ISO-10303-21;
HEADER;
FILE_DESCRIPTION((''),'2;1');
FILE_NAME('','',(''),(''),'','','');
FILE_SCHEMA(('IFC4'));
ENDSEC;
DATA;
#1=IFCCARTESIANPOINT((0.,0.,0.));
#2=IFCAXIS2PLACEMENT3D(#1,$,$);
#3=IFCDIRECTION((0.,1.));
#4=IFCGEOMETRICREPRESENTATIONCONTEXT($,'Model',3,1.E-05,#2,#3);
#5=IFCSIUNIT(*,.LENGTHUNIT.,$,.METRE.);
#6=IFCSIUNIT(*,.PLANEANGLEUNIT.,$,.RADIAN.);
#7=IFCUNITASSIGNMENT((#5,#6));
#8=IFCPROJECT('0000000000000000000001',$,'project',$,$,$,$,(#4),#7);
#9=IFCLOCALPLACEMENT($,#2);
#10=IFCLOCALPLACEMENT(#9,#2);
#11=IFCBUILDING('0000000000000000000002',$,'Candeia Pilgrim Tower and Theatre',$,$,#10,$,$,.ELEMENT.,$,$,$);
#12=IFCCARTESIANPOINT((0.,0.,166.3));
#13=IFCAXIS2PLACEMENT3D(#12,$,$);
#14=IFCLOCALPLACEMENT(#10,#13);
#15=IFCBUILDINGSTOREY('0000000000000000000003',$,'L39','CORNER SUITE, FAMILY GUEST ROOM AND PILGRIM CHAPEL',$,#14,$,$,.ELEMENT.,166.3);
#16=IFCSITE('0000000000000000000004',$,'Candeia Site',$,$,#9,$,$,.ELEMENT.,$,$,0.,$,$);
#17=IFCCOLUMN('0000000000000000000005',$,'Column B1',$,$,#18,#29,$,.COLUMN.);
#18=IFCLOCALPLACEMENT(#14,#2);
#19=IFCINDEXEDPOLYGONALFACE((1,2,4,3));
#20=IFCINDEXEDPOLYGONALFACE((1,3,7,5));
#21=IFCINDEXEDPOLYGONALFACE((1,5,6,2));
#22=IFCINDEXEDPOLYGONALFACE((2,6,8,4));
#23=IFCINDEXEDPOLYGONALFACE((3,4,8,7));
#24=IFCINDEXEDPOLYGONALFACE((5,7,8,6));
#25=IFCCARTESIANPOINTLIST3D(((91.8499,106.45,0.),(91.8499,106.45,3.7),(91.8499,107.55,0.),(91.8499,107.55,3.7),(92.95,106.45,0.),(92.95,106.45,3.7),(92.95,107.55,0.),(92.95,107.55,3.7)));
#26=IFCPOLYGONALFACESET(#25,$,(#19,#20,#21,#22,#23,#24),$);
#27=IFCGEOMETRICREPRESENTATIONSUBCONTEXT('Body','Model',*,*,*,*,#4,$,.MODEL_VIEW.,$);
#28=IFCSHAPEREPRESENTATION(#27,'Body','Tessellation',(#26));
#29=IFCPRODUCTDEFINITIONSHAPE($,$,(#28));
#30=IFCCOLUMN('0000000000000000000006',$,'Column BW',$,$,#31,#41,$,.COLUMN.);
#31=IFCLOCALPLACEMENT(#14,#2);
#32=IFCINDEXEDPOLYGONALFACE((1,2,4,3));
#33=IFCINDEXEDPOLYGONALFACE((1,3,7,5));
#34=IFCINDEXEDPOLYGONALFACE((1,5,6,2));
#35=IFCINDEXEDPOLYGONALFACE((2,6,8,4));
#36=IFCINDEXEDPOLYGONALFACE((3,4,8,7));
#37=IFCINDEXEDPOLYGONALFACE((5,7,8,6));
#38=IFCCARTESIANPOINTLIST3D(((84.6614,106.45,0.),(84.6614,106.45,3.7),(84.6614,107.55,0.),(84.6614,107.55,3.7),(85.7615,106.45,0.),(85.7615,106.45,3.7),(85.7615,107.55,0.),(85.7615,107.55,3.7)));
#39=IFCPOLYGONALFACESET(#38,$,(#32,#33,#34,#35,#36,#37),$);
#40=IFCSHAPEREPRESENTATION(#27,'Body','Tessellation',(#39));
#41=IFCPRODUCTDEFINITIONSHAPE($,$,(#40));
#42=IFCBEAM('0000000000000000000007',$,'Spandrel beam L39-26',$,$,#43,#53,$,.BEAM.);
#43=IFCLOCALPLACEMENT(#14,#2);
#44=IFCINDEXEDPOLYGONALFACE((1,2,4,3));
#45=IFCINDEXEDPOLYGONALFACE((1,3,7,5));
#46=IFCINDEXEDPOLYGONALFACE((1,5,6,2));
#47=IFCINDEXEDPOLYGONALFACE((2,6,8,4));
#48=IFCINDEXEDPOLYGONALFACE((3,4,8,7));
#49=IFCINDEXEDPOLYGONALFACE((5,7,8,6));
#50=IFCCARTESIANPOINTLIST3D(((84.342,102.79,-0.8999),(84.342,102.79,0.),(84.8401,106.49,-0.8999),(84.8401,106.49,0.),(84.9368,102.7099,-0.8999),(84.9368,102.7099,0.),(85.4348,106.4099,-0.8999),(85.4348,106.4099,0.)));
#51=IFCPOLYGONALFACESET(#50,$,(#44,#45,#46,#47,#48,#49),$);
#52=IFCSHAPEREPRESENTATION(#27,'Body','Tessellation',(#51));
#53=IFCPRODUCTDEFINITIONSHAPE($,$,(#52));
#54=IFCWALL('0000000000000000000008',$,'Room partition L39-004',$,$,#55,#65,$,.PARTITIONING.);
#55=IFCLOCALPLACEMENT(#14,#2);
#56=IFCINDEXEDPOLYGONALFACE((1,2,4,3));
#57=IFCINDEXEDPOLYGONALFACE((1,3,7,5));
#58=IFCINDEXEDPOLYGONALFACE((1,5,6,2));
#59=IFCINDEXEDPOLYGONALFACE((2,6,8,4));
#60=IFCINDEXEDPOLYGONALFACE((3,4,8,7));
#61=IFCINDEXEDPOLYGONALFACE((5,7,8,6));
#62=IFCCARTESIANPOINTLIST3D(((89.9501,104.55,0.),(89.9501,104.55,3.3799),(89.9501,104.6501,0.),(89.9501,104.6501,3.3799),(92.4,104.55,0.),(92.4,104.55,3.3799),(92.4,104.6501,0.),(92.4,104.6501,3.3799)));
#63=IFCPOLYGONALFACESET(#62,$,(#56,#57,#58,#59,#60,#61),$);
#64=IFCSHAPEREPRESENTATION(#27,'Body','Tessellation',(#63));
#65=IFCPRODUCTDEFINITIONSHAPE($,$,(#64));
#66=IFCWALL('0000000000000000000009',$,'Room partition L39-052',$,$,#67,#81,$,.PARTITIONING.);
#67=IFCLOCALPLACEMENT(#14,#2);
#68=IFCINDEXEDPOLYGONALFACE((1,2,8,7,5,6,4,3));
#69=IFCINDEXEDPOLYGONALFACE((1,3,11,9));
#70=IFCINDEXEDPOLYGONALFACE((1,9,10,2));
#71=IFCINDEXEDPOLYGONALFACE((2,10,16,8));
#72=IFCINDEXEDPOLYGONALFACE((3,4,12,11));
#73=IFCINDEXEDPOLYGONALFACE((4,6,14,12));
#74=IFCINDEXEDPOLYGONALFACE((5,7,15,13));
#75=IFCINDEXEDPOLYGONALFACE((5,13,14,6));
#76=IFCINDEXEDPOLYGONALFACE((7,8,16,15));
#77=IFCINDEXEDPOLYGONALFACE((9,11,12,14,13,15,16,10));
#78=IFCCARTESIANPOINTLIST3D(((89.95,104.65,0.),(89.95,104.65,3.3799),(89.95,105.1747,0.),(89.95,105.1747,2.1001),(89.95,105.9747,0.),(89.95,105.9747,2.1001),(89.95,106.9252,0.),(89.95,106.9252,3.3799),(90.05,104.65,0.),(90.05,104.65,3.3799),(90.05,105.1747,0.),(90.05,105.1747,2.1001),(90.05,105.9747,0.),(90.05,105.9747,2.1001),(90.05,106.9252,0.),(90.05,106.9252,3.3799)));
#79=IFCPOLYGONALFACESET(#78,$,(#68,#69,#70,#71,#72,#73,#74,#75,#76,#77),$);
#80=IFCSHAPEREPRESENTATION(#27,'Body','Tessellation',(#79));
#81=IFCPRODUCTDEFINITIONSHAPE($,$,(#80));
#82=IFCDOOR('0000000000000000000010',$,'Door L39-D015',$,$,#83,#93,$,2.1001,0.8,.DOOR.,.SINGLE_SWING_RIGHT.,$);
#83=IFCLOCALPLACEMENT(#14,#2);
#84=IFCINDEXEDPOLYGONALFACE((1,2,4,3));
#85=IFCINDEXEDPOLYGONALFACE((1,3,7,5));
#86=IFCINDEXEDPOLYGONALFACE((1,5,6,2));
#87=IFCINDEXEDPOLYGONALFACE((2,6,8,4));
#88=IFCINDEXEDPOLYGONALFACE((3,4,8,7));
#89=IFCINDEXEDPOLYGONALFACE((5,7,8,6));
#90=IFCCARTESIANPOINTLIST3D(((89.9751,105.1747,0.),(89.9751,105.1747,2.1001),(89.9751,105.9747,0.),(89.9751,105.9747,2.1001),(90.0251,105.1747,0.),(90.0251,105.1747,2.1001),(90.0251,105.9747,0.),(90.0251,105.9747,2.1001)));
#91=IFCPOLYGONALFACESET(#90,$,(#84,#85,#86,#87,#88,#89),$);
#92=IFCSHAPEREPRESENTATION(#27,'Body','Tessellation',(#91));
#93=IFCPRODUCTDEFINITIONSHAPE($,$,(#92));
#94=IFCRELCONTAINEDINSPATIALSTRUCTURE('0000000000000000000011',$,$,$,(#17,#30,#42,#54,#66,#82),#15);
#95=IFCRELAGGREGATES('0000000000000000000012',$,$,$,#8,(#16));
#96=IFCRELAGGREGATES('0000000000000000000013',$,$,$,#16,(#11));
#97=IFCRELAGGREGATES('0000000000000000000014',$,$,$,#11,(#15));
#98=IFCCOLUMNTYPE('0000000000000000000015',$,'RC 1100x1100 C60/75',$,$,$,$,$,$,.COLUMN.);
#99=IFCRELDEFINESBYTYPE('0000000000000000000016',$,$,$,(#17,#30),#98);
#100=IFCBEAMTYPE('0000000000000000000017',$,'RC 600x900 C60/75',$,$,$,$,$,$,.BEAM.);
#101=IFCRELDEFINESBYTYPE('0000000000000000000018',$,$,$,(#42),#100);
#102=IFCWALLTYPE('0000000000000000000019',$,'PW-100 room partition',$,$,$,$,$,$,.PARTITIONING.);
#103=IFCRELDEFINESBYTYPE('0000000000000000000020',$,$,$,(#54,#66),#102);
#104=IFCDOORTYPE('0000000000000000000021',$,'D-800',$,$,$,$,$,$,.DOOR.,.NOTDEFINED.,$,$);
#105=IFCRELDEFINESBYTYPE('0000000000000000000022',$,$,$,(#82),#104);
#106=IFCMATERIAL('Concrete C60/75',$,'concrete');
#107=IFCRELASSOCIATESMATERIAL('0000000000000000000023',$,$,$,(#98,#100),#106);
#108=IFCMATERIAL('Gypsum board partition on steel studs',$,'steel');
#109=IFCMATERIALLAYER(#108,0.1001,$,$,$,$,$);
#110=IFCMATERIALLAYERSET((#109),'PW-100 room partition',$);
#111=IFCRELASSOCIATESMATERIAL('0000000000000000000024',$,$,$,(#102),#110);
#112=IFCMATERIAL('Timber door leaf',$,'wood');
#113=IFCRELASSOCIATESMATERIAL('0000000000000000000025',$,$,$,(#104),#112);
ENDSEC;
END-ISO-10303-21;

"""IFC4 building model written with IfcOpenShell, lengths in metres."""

from ifc_helpers import new_model, si_unit, direction, frame, frame_2d, origin, origin_2d, place, context, subcontext, project, spatial, rectangle, extrude, material, layer, layer_set, material_profile, profile_set, type_object, element, fill, save


model = new_model("IFC4")

# Units and contexts
model_context = context("Model", 3, precision=1e-05, world=origin(), true_north=direction((0.0, 1.0)))
body_context = subcontext(model_context, "Body", "Model", "MODEL_VIEW")
ifc_project = project(units=[si_unit("LENGTHUNIT", "METRE"), si_unit("PLANEANGLEUNIT", "RADIAN")], contexts=[model_context])

# Site, building, storey
site_placement = place(None, origin())
site = spatial("IfcSite", under=ifc_project, at=site_placement, Name="Candeia Site", CompositionType="ELEMENT", RefElevation=0.0)
building_placement = place(site_placement, origin())
building = spatial("IfcBuilding", under=site, at=building_placement, Name="Candeia Pilgrim Tower and Theatre", CompositionType="ELEMENT")
storey_placement = place(building_placement, frame((0.0, 0.0, 166.3)))
storey = spatial("IfcBuildingStorey", under=building, at=storey_placement, Name="L39", Description="CORNER SUITE, FAMILY GUEST ROOM AND PILGRIM CHAPEL", CompositionType="ELEMENT", Elevation=166.3)

# Columns
ifc_material_1 = material(Name="Concrete C60/75", Category="concrete")
ifc_material_profile_1 = material_profile(ifc_material_1, rectangle(XDim=1.1001, YDim=1.1001, at=origin_2d()))
ifc_profile_set_1 = profile_set([ifc_material_profile_1], Name="Concrete C60/75")
column_type = type_object("IfcColumnType", Name="RC 1100x1100 C60/75", PredefinedType="COLUMN", material=ifc_profile_set_1)
for number, where, z_axis, x_axis, name in (
    (1, (92.3999, 107.0, 0.0), (0.0, 0.0, 1.0), (1.0, 0.0, 0.0), "Column B1"),
    (2, (85.2114, 107.0, 0.0), (0.0, 0.0, 1.0), (1.0, 0.0, 0.0), "Column BW"),
):
    element("IfcColumn", number, at=place(storey_placement, frame(where, z_axis=z_axis, x_axis=x_axis)), inside=storey, type_object=column_type, Name=name, PredefinedType="COLUMN", context=body_context, shape_type="SweptSolid", body=[
        extrude(rectangle(XDim=1.1001, YDim=1.1001, at=origin_2d()), origin(), (0.0, 0.0, 1.0), 3.7),
    ])

# Beam
ifc_material_profile_2 = material_profile(ifc_material_1, rectangle(XDim=0.6001, YDim=0.8999, at=origin_2d()))
ifc_profile_set_2 = profile_set([ifc_material_profile_2], Name="Concrete C60/75")
beam_type = type_object("IfcBeamType", Name="RC 600x900 C60/75", PredefinedType="BEAM", material=ifc_profile_set_2)
beam_placement = place(storey_placement, frame((85.1375, 106.45, -0.45), z_axis=(-0.133406, -0.991061, 0.0), x_axis=(0.991061, -0.133406, 0.0)))
element("IfcBeam", 3, at=beam_placement, inside=storey, type_object=beam_type, Name="Spandrel beam L39-26", PredefinedType="BEAM", context=body_context, shape_type="SweptSolid", body=[
    extrude(rectangle(XDim=0.6001, YDim=0.8999, at=origin_2d()), origin(), (0.0, 0.0, 1.0), 3.7334),
])

# Wall
ifc_material_2 = material(Name="Gypsum board partition on steel studs", Category="steel")
ifc_layer_1 = layer(ifc_material_2, 0.1001)
ifc_layer_set_1 = layer_set([ifc_layer_1], Name="PW-100 room partition")
wall_type_1 = type_object("IfcWallType", Name="PW-100 room partition", PredefinedType="PARTITIONING", material=ifc_layer_set_1)
wall_1_placement = place(storey_placement, frame((89.95, 104.6001, 0.0), z_axis=(0.0, 0.0, 1.0), x_axis=(1.0, 0.0, 0.0)))
element("IfcWall", 4, at=wall_1_placement, inside=storey, type_object=wall_type_1, Name="Room partition L39-004", PredefinedType="PARTITIONING", context=body_context, shape_type="SweptSolid", body=[
    extrude(rectangle(XDim=2.45, YDim=0.1001, at=frame_2d((1.2251, 0.0))), origin(), (0.0, 0.0, 1.0), 3.3799),
])

# Wall, opening, door
wall_2_placement = place(storey_placement, frame((90.0, 104.6499, 0.0), z_axis=(0.0, 0.0, 1.0), x_axis=(0.0, 1.0, 0.0)))
wall_2 = element("IfcWall", 5, at=wall_2_placement, inside=storey, type_object=wall_type_1, Name="Room partition L39-052", PredefinedType="PARTITIONING", context=body_context, shape_type="SweptSolid", body=[
    extrude(rectangle(XDim=2.2751, YDim=0.1001, at=frame_2d((1.1377, 0.0))), origin(), (0.0, 0.0, 1.0), 3.3799),
])
opening_1_placement = place(wall_2_placement, frame((0.5249, 0.0, 0.0)))
opening_1 = element("IfcOpeningElement", 6, at=opening_1_placement, cuts=wall_2, PredefinedType="OPENING", context=body_context, shape_type="SweptSolid", body=[
    extrude(rectangle(XDim=0.8, YDim=2.1001, at=frame_2d((0.3999, 1.05))), frame((0.0, 0.0601, 0.0), z_axis=(0.0, -1.0, 0.0), x_axis=(1.0, 0.0, 0.0)), (0.0, 0.0, 1.0), 0.1201),
])
ifc_material_3 = material(Name="Timber door leaf", Category="wood")
door_type_1 = type_object("IfcDoorType", Name="D-800", OperationType="NOTDEFINED", PredefinedType="DOOR", material=ifc_material_3)
door_1_placement = place(opening_1_placement, origin())
door_1 = element("IfcDoor", 7, at=door_1_placement, inside=storey, type_object=door_type_1, Name="Door L39-D015", OperationType="SINGLE_SWING_RIGHT", OverallHeight=2.1001, OverallWidth=0.8, PredefinedType="DOOR", context=body_context, shape_type="SweptSolid", body=[
    extrude(rectangle(XDim=0.8, YDim=2.1001, at=frame_2d((0.3999, 1.05))), frame((0.0, 0.0249, 0.0), z_axis=(0.0, -1.0, 0.0), x_axis=(1.0, 0.0, 0.0)), (0.0, 0.0, 1.0), 0.05),
])
fill(opening_1, door_1)

save(model, "model.ifc")
